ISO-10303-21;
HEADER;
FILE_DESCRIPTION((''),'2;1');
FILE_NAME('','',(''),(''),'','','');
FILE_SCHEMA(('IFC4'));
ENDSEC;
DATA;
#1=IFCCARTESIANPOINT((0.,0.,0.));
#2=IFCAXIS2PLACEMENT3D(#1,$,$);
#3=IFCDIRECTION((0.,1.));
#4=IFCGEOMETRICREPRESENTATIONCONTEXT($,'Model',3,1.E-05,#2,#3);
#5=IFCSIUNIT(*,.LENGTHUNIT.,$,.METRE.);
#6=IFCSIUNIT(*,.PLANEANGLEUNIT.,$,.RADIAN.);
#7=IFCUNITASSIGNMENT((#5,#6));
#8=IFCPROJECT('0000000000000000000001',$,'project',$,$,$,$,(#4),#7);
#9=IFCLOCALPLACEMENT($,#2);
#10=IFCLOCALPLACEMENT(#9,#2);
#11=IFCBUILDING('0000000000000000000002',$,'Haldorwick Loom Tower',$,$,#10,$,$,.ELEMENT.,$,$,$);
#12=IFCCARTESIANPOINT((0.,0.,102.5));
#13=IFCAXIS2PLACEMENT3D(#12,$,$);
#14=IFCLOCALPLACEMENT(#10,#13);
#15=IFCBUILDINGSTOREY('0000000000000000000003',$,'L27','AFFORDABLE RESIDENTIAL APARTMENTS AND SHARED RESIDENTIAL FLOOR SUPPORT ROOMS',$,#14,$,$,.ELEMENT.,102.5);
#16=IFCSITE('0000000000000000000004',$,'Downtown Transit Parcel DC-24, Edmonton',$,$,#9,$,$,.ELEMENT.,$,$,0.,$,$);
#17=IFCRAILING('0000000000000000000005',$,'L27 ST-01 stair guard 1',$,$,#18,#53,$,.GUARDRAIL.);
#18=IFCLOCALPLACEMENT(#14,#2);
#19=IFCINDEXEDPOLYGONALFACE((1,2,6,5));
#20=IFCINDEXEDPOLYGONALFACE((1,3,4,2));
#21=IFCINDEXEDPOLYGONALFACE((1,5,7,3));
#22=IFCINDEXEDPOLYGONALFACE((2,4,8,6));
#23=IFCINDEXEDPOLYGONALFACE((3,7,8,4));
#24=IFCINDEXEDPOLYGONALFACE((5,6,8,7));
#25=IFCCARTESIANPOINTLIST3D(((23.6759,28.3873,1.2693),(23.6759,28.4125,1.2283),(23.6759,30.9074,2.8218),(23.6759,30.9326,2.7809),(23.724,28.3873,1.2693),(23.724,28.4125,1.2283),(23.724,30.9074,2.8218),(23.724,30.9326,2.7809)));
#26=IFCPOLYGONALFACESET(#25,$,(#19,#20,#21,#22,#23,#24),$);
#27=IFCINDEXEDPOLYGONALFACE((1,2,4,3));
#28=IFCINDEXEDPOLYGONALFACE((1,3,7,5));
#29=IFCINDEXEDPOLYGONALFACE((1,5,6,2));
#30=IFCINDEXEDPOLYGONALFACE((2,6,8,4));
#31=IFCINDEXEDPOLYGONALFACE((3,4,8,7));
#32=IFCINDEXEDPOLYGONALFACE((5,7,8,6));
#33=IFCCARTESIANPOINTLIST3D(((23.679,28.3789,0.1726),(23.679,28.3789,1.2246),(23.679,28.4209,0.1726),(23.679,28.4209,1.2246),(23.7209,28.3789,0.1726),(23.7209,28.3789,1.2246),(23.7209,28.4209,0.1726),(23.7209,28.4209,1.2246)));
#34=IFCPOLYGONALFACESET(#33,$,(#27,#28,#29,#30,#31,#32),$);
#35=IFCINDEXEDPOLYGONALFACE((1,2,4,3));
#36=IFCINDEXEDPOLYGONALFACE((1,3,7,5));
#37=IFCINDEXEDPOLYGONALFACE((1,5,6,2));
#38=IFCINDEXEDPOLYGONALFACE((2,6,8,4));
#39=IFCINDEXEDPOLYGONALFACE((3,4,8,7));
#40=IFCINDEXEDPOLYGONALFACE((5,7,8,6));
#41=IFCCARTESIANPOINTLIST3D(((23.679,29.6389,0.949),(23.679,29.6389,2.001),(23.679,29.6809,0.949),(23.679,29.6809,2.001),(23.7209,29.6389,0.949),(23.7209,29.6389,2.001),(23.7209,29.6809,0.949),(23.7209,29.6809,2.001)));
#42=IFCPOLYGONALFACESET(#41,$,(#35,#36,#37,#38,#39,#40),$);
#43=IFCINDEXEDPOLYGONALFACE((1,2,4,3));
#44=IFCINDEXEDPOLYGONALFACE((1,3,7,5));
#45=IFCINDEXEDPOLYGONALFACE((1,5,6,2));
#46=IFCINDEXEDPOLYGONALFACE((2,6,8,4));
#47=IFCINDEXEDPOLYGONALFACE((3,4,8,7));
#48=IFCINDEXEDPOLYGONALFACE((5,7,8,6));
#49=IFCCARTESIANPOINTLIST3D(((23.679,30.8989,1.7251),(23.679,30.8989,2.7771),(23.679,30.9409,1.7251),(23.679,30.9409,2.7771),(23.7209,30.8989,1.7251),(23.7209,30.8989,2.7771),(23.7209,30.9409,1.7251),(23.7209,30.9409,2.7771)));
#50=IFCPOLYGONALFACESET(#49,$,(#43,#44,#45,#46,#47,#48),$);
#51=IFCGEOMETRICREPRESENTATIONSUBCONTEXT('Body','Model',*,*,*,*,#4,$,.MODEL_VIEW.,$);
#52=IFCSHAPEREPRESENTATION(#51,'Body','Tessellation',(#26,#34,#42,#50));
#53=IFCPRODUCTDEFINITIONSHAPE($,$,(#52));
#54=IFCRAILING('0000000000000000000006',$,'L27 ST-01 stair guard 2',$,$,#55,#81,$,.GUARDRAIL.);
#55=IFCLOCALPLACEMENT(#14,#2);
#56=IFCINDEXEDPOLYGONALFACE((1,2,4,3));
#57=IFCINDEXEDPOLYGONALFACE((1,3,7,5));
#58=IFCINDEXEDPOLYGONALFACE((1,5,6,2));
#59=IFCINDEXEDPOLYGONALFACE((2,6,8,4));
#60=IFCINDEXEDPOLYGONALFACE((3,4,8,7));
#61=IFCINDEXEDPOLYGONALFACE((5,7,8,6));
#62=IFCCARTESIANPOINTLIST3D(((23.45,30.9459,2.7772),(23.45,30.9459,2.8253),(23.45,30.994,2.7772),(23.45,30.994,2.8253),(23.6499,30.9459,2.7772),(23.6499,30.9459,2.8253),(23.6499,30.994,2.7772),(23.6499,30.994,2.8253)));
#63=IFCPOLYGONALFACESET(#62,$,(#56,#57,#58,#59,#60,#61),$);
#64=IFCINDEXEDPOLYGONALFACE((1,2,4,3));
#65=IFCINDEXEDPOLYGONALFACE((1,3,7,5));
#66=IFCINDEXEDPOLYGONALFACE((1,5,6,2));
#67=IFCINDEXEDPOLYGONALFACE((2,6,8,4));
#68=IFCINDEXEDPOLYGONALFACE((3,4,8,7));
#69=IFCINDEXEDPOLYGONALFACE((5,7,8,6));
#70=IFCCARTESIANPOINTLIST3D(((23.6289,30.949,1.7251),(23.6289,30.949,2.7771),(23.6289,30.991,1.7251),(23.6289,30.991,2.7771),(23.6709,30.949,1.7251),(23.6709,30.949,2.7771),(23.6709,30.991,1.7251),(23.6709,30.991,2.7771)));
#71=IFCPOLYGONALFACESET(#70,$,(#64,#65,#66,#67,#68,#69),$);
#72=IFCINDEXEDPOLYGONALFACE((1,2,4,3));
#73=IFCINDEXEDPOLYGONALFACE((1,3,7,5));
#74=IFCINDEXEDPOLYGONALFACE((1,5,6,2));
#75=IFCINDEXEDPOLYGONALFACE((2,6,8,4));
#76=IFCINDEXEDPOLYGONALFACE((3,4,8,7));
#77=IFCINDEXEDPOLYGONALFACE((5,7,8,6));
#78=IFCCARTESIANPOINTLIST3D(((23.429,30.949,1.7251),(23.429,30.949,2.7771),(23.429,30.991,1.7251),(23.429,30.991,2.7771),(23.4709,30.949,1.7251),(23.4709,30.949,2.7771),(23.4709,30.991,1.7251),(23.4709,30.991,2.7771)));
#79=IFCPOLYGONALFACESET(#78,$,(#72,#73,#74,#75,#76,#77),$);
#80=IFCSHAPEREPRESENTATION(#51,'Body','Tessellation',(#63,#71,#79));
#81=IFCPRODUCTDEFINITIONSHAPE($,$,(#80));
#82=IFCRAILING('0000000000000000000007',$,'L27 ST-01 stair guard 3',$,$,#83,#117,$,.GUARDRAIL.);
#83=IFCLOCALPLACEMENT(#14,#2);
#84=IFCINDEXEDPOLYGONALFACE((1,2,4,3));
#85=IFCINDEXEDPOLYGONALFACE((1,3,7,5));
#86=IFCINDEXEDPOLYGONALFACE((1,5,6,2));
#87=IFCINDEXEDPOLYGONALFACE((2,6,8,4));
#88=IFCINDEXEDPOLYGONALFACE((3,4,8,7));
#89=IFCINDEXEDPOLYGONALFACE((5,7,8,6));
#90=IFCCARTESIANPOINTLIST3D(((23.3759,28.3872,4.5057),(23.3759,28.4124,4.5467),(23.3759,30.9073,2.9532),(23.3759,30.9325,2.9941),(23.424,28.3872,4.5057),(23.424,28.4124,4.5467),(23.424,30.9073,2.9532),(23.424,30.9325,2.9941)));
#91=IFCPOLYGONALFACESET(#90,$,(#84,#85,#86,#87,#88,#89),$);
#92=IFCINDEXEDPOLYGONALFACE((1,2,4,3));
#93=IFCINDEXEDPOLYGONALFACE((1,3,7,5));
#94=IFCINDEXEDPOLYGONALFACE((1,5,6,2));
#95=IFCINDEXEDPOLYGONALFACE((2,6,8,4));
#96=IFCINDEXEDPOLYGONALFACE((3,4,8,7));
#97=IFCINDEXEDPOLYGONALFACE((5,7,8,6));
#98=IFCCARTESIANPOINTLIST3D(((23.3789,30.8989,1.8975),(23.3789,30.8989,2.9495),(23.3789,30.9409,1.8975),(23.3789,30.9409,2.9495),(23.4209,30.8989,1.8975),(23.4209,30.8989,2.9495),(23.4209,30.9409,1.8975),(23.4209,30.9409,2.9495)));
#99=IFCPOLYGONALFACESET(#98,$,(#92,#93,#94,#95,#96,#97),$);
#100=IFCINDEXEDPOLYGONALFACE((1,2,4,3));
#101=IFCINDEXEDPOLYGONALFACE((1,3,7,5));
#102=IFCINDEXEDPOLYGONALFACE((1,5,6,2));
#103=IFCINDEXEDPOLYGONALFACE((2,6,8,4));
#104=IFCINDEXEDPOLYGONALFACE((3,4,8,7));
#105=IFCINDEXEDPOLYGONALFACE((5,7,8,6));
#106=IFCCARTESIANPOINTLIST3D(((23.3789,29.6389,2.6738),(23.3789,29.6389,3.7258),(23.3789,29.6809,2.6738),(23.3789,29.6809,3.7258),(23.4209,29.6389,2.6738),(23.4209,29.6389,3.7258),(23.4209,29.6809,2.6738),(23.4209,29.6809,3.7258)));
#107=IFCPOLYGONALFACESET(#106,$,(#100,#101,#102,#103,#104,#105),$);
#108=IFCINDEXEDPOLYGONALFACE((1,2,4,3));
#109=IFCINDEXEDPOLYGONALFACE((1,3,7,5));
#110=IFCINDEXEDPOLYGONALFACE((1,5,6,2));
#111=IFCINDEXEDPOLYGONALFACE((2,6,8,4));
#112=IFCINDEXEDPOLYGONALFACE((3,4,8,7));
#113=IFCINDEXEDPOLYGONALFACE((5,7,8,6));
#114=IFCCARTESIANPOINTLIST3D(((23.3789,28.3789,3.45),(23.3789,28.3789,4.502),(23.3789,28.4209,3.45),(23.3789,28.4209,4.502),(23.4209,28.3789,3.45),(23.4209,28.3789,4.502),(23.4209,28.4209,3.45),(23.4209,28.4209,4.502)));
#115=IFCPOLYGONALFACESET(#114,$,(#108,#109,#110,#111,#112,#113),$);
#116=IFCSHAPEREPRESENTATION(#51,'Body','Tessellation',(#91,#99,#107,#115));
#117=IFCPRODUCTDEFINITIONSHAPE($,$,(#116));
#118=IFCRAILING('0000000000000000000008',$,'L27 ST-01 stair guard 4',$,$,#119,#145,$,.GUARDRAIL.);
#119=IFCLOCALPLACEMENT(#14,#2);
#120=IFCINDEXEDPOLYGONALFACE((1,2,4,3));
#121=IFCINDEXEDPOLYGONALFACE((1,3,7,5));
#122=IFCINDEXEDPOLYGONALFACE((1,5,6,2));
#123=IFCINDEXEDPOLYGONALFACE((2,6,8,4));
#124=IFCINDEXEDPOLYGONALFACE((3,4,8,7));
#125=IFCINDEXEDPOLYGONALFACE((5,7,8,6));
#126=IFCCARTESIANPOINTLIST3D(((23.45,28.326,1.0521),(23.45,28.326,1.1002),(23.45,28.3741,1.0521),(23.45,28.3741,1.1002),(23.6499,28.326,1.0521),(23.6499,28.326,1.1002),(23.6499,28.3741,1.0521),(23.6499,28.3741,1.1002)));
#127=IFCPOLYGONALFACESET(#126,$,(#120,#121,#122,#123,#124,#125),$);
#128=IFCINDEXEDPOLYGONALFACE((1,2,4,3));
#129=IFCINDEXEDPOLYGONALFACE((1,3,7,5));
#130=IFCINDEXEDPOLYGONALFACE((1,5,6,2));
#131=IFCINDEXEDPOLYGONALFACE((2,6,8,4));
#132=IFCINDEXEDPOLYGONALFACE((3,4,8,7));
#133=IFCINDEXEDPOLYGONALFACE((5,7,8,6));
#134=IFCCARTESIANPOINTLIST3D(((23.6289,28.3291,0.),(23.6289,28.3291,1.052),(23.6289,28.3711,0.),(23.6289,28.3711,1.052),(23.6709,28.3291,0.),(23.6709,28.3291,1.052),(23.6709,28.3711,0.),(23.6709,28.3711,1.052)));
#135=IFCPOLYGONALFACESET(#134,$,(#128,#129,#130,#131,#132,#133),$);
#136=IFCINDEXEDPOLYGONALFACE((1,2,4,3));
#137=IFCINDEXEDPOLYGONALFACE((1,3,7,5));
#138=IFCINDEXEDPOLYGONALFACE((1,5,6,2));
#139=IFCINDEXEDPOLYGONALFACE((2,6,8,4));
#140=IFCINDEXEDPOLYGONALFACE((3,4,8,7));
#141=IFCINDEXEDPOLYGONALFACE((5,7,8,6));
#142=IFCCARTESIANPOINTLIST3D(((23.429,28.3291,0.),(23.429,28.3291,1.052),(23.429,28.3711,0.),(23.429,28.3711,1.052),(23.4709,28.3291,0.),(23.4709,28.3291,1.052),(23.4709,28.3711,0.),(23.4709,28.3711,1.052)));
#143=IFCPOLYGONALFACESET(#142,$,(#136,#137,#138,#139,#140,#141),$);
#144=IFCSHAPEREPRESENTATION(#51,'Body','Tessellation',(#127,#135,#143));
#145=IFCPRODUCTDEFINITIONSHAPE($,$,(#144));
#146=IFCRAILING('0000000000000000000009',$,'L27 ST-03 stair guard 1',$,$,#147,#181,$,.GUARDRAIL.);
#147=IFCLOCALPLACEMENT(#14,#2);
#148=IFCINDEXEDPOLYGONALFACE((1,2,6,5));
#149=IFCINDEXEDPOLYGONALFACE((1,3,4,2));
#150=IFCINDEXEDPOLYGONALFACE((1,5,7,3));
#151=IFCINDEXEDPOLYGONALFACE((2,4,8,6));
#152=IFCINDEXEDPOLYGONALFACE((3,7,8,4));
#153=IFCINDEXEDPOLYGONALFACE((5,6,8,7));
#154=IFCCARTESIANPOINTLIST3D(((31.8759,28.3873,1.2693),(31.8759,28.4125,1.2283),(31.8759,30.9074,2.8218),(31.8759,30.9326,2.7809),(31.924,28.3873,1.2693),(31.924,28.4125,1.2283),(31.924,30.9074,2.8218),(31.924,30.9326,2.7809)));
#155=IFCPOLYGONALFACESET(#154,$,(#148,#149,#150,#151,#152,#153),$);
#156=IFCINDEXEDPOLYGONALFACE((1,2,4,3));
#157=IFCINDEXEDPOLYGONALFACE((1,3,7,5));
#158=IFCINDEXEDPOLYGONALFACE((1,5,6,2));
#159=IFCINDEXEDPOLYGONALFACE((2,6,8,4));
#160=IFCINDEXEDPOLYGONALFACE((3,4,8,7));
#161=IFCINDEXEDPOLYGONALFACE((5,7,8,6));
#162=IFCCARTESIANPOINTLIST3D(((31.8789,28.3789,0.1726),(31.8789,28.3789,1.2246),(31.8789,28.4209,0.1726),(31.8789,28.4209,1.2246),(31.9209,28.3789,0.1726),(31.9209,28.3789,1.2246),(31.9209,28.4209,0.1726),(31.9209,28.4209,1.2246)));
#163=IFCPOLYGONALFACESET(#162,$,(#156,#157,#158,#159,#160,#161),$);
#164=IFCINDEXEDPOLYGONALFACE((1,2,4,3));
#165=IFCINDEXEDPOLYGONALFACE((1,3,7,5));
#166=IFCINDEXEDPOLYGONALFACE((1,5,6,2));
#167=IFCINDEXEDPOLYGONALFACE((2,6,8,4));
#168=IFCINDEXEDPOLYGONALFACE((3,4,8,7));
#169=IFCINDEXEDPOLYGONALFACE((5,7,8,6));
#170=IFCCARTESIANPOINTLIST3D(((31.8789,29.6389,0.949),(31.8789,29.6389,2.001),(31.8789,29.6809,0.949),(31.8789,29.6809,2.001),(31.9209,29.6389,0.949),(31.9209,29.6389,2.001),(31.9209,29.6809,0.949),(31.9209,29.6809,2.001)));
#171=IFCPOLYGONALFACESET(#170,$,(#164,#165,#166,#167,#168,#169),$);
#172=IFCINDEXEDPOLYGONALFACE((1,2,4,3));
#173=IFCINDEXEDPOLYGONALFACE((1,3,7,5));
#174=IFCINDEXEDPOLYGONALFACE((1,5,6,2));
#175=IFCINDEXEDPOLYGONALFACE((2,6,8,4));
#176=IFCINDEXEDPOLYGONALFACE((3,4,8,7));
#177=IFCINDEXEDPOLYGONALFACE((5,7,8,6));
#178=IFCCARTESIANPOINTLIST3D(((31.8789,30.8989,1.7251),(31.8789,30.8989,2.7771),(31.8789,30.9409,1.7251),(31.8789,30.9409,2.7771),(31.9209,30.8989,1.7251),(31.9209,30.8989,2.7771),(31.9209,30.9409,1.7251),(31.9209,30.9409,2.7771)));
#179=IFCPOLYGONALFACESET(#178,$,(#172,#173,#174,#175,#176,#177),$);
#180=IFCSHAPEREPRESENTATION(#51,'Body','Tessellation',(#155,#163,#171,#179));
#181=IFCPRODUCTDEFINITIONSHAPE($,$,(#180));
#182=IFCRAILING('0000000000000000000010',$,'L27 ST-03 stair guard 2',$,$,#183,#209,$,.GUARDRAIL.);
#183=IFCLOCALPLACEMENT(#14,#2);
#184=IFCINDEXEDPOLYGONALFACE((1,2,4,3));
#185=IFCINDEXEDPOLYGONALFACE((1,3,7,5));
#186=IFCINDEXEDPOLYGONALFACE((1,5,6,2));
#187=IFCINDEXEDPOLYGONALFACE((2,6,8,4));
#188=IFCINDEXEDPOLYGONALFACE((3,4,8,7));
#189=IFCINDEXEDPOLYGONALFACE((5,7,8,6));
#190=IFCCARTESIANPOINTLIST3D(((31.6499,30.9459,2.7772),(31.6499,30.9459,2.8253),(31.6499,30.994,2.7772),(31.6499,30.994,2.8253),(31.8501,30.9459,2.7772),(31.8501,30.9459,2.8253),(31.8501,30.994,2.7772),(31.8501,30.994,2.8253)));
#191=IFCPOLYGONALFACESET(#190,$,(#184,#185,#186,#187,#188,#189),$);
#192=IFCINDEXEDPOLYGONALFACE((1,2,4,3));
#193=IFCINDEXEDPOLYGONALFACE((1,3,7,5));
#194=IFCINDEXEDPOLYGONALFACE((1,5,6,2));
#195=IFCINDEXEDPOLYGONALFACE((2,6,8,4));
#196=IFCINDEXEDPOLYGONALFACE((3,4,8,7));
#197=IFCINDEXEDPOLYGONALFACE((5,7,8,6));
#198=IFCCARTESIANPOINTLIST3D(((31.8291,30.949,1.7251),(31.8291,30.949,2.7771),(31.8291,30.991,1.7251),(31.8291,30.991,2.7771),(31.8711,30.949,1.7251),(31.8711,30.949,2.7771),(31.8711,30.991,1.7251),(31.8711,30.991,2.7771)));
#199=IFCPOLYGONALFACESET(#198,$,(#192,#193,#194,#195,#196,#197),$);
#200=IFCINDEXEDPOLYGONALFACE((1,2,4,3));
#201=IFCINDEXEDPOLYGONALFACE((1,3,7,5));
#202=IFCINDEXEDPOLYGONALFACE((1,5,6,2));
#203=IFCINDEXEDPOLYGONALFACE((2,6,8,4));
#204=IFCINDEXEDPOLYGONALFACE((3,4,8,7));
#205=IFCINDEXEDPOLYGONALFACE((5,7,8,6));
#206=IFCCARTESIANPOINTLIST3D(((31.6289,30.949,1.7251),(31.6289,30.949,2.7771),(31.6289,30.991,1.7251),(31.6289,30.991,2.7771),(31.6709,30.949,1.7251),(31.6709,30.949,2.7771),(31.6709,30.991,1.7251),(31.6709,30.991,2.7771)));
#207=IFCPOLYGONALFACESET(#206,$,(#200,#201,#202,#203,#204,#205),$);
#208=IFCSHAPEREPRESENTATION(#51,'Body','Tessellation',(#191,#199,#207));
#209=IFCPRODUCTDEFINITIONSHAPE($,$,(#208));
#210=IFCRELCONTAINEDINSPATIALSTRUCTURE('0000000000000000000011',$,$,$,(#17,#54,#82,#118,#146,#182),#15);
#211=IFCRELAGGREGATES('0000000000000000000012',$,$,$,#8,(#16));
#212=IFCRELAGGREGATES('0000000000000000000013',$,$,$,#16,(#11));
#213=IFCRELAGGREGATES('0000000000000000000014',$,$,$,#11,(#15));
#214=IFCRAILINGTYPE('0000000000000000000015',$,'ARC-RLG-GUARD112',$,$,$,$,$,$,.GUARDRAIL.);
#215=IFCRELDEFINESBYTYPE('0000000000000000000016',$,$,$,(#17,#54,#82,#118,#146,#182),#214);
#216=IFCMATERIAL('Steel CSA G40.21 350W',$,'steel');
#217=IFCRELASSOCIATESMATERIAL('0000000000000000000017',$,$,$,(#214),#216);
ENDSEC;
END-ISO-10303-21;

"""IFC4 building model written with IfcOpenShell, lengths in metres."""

from ifc_helpers import new_model, si_unit, direction, frame, origin, origin_2d, place, context, subcontext, project, spatial, rectangle, extrude, material, type_object, element, save


model = new_model("IFC4")

# Units and contexts
model_context = context("Model", 3, precision=1e-05, world=origin(), true_north=direction((0.0, 1.0)))
body_context = subcontext(model_context, "Body", "Model", "MODEL_VIEW")
ifc_project = project(units=[si_unit("LENGTHUNIT", "METRE"), si_unit("PLANEANGLEUNIT", "RADIAN")], contexts=[model_context])

# Site, building, storey
site_placement = place(None, origin())
site = spatial("IfcSite", under=ifc_project, at=site_placement, Name="Downtown Transit Parcel DC-24, Edmonton", CompositionType="ELEMENT", RefElevation=0.0)
building_placement = place(site_placement, origin())
building = spatial("IfcBuilding", under=site, at=building_placement, Name="Haldorwick Loom Tower", CompositionType="ELEMENT")
storey_placement = place(building_placement, frame((0.0, 0.0, 102.5)))
storey = spatial("IfcBuildingStorey", under=building, at=storey_placement, Name="L27", Description="AFFORDABLE RESIDENTIAL APARTMENTS AND SHARED RESIDENTIAL FLOOR SUPPORT ROOMS", CompositionType="ELEMENT", Elevation=102.5)

# Shared definitions
ifc_material_1 = material(Name="Steel CSA G40.21 350W", Category="steel")

# Railings
railing_type_1 = type_object("IfcRailingType", Name="ARC-RLG-GUARD112", PredefinedType="GUARDRAIL", material=ifc_material_1)
railing_1_placement = place(storey_placement, frame((23.7, 28.3999, 0.1726)))
element("IfcRailing", 1, at=railing_1_placement, inside=storey, type_object=railing_type_1, Name="L27 ST-01 stair guard 1", PredefinedType="GUARDRAIL", context=body_context, shape_type="SweptSolid", body=[
    extrude(rectangle(XDim=0.0481, YDim=0.0481, at=origin_2d()), frame((0.0, 0.0, 1.0762), z_axis=(0.0, 0.8514, 0.524516), x_axis=(-1.0, 0.0, 0.0)), (0.0, 0.0, 1.0), 2.96),
    extrude(rectangle(XDim=0.042, YDim=0.042, at=origin_2d()), origin(), (0.0, 0.0, 1.0), 1.052),
    extrude(rectangle(XDim=0.042, YDim=0.042, at=origin_2d()), frame((0.0, 1.26, 0.7764)), (0.0, 0.0, 1.0), 1.052),
    extrude(rectangle(XDim=0.042, YDim=0.042, at=origin_2d()), frame((0.0, 2.52, 1.5525)), (0.0, 0.0, 1.0), 1.052),
])
railing_2_placement = place(storey_placement, frame((23.6499, 30.97, 1.7251)))
element("IfcRailing", 2, at=railing_2_placement, inside=storey, type_object=railing_type_1, Name="L27 ST-01 stair guard 2", PredefinedType="GUARDRAIL", context=body_context, shape_type="SweptSolid", body=[
    extrude(rectangle(XDim=0.0481, YDim=0.0481, at=origin_2d()), frame((0.0, 0.0, 1.0762), z_axis=(-1.0, 0.0, 0.0), x_axis=(0.0, -1.0, 0.0)), (0.0, 0.0, 1.0), 0.2),
    extrude(rectangle(XDim=0.042, YDim=0.042, at=origin_2d()), origin(), (0.0, 0.0, 1.0), 1.052),
    extrude(rectangle(XDim=0.042, YDim=0.042, at=origin_2d()), frame((-0.2, 0.0, 0.0)), (0.0, 0.0, 1.0), 1.052),
])
railing_3_placement = place(storey_placement, frame((23.3999, 30.9199, 1.8975)))
element("IfcRailing", 3, at=railing_3_placement, inside=storey, type_object=railing_type_1, Name="L27 ST-01 stair guard 3", PredefinedType="GUARDRAIL", context=body_context, shape_type="SweptSolid", body=[
    extrude(rectangle(XDim=0.0481, YDim=0.0481, at=origin_2d()), frame((0.0, 0.0, 1.0762), z_axis=(0.0, -0.8514, 0.524516), x_axis=(1.0, 0.0, 0.0)), (0.0, 0.0, 1.0), 2.96),
    extrude(rectangle(XDim=0.042, YDim=0.042, at=origin_2d()), origin(), (0.0, 0.0, 1.0), 1.052),
    extrude(rectangle(XDim=0.042, YDim=0.042, at=origin_2d()), frame((0.0, -1.26, 0.7764)), (0.0, 0.0, 1.0), 1.052),
    extrude(rectangle(XDim=0.042, YDim=0.042, at=origin_2d()), frame((0.0, -2.52, 1.5525)), (0.0, 0.0, 1.0), 1.052),
])
railing_4_placement = place(storey_placement, frame((23.6499, 28.3501, 0.0)))
element("IfcRailing", 4, at=railing_4_placement, inside=storey, type_object=railing_type_1, Name="L27 ST-01 stair guard 4", PredefinedType="GUARDRAIL", context=body_context, shape_type="SweptSolid", body=[
    extrude(rectangle(XDim=0.0481, YDim=0.0481, at=origin_2d()), frame((0.0, 0.0, 1.0762), z_axis=(-1.0, 0.0, 0.0), x_axis=(0.0, -1.0, 0.0)), (0.0, 0.0, 1.0), 0.2),
    extrude(rectangle(XDim=0.042, YDim=0.042, at=origin_2d()), origin(), (0.0, 0.0, 1.0), 1.052),
    extrude(rectangle(XDim=0.042, YDim=0.042, at=origin_2d()), frame((-0.2, 0.0, 0.0)), (0.0, 0.0, 1.0), 1.052),
])
railing_5_placement = place(storey_placement, frame((31.8999, 28.3999, 0.1726)))
element("IfcRailing", 5, at=railing_5_placement, inside=storey, type_object=railing_type_1, Name="L27 ST-03 stair guard 1", PredefinedType="GUARDRAIL", context=body_context, shape_type="SweptSolid", body=[
    extrude(rectangle(XDim=0.0481, YDim=0.0481, at=origin_2d()), frame((0.0, 0.0, 1.0762), z_axis=(0.0, 0.8514, 0.524516), x_axis=(-1.0, 0.0, 0.0)), (0.0, 0.0, 1.0), 2.96),
    extrude(rectangle(XDim=0.042, YDim=0.042, at=origin_2d()), origin(), (0.0, 0.0, 1.0), 1.052),
    extrude(rectangle(XDim=0.042, YDim=0.042, at=origin_2d()), frame((0.0, 1.26, 0.7764)), (0.0, 0.0, 1.0), 1.052),
    extrude(rectangle(XDim=0.042, YDim=0.042, at=origin_2d()), frame((0.0, 2.52, 1.5525)), (0.0, 0.0, 1.0), 1.052),
])
railing_6_placement = place(storey_placement, frame((31.8501, 30.97, 1.7251)))
element("IfcRailing", 6, at=railing_6_placement, inside=storey, type_object=railing_type_1, Name="L27 ST-03 stair guard 2", PredefinedType="GUARDRAIL", context=body_context, shape_type="SweptSolid", body=[
    extrude(rectangle(XDim=0.0481, YDim=0.0481, at=origin_2d()), frame((0.0, 0.0, 1.0762), z_axis=(-1.0, 0.0, 0.0), x_axis=(0.0, -1.0, 0.0)), (0.0, 0.0, 1.0), 0.2002),
    extrude(rectangle(XDim=0.042, YDim=0.042, at=origin_2d()), origin(), (0.0, 0.0, 1.0), 1.052),
    extrude(rectangle(XDim=0.042, YDim=0.042, at=origin_2d()), frame((-0.2002, 0.0, 0.0)), (0.0, 0.0, 1.0), 1.052),
])

save(model, "model.ifc")
